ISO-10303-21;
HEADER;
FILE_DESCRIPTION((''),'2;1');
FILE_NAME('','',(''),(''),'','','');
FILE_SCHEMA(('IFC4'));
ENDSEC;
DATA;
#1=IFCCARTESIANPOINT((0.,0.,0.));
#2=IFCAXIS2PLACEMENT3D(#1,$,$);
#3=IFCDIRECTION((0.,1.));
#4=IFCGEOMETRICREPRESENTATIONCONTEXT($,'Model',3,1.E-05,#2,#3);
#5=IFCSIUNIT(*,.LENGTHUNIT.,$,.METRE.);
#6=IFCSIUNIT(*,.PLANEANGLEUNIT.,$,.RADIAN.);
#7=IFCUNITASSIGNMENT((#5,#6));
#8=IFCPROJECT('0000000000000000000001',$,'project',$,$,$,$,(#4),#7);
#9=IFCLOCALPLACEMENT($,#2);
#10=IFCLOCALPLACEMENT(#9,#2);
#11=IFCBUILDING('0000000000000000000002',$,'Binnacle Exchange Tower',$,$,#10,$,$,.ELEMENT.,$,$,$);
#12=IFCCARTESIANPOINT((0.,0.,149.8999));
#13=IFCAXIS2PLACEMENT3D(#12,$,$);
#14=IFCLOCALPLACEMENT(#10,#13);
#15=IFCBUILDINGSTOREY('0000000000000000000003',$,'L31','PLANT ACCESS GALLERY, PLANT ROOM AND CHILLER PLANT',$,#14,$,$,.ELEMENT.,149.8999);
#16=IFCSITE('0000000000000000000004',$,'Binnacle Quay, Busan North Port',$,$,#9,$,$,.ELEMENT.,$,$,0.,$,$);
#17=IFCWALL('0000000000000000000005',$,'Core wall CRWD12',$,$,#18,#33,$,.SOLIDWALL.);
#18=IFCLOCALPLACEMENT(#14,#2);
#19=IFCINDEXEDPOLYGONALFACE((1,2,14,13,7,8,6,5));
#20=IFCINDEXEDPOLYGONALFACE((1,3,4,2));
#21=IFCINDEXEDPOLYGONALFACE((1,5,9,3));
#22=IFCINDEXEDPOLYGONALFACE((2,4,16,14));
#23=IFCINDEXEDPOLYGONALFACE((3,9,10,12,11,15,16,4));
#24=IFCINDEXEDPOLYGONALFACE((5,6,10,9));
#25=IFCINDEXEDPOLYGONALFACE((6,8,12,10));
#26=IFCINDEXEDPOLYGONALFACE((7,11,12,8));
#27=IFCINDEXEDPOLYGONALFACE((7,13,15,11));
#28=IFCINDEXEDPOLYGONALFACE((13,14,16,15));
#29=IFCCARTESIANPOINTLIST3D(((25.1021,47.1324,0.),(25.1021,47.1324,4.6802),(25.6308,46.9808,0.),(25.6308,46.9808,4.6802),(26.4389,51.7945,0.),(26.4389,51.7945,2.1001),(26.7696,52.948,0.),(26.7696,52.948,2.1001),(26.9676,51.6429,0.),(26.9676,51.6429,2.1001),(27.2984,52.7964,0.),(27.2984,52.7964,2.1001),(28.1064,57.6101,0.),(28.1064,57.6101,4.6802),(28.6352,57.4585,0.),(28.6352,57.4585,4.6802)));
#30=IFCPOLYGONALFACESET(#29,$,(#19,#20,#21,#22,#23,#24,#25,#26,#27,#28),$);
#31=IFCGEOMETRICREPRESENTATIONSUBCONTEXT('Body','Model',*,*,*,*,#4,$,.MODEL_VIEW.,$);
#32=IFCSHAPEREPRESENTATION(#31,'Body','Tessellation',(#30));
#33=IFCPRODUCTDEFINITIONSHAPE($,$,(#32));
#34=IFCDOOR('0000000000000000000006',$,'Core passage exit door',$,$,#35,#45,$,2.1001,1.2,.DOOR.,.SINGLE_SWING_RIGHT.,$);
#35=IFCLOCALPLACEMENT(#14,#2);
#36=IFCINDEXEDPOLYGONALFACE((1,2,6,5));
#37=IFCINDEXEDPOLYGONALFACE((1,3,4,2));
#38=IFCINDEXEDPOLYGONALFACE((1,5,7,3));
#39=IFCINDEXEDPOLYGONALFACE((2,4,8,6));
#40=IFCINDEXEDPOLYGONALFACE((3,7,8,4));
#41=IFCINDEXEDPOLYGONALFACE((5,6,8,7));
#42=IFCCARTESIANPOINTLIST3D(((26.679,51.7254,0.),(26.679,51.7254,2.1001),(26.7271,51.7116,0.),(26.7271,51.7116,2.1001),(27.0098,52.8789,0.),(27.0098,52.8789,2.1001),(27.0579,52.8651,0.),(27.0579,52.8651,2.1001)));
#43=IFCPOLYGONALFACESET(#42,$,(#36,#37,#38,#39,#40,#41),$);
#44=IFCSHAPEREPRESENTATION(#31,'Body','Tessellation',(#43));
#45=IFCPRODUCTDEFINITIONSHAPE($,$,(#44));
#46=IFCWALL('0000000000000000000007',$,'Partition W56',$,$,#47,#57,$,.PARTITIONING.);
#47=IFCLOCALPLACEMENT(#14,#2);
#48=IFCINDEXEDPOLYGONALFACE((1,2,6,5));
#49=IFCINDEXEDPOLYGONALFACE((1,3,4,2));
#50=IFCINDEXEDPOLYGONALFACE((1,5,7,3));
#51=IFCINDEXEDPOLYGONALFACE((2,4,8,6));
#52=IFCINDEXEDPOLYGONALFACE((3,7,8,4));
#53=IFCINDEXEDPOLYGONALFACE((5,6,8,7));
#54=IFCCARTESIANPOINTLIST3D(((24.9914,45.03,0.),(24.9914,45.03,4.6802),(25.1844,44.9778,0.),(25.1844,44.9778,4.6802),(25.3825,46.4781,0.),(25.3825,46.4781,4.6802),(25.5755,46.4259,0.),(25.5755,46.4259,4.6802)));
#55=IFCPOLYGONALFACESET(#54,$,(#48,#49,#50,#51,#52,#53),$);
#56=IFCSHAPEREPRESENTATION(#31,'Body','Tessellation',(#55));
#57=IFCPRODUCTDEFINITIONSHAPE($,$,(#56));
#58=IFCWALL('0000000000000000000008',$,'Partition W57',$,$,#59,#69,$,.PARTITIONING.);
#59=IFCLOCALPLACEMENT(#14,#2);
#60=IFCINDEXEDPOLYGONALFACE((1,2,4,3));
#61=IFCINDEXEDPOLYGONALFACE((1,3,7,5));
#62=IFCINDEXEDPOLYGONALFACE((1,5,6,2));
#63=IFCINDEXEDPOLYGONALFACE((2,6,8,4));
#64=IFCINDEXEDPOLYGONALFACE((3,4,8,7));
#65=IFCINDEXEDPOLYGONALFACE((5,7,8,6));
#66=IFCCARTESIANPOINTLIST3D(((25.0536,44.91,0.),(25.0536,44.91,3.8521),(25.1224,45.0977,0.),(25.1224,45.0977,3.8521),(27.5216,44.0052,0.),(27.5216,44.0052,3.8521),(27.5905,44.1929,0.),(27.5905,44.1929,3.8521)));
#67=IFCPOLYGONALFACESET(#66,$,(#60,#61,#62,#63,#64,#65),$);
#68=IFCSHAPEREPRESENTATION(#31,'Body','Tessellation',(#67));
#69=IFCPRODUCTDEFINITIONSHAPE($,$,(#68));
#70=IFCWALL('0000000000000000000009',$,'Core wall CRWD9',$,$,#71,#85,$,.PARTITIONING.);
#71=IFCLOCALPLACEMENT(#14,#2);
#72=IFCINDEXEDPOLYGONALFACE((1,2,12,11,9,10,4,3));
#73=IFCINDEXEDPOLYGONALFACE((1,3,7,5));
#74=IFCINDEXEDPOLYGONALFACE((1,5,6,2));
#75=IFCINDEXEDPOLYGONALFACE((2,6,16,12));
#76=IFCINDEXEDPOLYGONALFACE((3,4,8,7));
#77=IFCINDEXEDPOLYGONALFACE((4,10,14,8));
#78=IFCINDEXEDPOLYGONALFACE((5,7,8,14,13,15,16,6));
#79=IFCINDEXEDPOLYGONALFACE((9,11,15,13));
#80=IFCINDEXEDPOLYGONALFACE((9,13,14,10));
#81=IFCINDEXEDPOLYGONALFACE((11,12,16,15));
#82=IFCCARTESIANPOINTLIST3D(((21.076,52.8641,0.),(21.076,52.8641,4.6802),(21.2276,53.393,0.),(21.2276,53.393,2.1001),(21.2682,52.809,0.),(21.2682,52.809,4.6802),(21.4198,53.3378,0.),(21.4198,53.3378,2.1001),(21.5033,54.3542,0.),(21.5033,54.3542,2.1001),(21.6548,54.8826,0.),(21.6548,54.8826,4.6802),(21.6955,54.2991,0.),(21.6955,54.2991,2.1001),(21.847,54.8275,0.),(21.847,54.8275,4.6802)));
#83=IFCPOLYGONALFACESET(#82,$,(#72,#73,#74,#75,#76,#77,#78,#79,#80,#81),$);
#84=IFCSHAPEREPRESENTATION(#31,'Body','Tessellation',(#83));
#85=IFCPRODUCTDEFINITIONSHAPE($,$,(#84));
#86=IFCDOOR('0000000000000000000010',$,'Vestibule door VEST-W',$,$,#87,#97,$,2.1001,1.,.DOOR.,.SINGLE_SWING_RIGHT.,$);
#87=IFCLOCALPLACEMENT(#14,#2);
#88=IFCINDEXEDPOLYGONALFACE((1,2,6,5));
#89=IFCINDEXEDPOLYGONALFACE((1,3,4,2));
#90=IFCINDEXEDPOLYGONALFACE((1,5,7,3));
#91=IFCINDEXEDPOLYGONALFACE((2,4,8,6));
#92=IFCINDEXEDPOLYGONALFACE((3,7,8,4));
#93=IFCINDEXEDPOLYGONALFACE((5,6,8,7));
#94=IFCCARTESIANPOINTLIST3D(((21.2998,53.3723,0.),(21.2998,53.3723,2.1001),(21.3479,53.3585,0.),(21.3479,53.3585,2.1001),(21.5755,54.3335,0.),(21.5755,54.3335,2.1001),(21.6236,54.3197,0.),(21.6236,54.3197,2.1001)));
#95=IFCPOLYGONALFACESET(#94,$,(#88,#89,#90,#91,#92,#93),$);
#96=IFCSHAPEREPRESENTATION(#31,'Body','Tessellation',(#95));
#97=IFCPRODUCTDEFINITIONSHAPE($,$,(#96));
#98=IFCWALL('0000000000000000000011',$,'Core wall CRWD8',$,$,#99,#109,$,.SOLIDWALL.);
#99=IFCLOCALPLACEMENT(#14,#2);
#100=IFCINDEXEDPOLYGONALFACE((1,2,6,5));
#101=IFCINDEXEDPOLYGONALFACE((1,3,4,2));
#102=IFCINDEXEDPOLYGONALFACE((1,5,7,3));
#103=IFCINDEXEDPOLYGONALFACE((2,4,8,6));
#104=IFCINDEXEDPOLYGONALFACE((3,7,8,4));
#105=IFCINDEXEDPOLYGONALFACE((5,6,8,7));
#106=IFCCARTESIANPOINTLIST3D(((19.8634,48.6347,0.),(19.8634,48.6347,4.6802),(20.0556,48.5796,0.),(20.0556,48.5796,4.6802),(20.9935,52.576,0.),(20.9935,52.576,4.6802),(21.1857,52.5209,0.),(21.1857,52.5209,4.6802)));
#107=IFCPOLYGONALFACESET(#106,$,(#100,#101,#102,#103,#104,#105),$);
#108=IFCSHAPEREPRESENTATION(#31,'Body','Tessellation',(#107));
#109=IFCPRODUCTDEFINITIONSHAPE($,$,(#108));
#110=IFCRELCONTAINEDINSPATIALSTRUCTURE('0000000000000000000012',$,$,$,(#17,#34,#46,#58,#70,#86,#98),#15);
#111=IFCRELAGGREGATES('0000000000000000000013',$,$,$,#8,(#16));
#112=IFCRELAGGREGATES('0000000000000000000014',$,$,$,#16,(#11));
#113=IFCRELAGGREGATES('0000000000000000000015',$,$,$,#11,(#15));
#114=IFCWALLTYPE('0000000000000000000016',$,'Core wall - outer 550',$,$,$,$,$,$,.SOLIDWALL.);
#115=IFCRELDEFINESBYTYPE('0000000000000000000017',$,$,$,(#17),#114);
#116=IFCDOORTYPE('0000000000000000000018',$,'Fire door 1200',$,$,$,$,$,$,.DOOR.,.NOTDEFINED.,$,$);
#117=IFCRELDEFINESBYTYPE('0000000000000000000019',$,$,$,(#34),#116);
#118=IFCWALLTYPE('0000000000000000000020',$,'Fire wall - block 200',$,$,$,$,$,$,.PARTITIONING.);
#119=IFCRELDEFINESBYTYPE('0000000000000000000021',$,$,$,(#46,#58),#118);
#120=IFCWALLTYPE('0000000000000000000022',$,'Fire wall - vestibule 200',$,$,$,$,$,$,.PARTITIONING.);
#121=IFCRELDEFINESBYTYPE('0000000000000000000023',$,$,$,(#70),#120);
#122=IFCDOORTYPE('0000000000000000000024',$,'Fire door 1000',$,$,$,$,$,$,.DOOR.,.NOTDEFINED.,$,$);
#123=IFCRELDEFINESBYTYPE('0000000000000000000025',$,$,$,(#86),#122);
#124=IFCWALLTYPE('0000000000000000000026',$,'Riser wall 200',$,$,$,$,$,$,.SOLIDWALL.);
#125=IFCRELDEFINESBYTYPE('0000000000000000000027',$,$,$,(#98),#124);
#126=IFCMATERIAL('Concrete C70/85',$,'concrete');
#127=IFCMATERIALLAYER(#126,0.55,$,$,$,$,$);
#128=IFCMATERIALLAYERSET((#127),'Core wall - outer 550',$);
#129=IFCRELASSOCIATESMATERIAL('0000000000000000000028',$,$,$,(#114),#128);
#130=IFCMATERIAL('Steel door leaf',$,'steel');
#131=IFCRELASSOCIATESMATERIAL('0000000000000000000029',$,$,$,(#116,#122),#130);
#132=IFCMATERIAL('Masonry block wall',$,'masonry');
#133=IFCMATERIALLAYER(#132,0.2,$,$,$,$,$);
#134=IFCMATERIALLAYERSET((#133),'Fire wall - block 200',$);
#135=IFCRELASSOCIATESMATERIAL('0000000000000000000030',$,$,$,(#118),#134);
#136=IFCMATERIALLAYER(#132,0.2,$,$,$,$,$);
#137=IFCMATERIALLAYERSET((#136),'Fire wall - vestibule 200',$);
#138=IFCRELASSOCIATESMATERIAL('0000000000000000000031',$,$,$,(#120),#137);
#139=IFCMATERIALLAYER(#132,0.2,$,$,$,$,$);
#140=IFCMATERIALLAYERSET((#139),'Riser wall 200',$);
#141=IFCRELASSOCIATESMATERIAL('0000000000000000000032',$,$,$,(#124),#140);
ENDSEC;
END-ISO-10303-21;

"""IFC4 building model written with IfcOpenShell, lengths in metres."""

from ifc_helpers import new_model, si_unit, direction, frame, frame_2d, origin, place, context, subcontext, project, spatial, rectangle, extrude, material, layer, layer_set, type_object, element, fill, save


model = new_model("IFC4")

# Units and contexts
model_context = context("Model", 3, precision=1e-05, world=origin(), true_north=direction((0.0, 1.0)))
body_context = subcontext(model_context, "Body", "Model", "MODEL_VIEW")
ifc_project = project(units=[si_unit("LENGTHUNIT", "METRE"), si_unit("PLANEANGLEUNIT", "RADIAN")], contexts=[model_context])

# Site, building, storey
site_placement = place(None, origin())
site = spatial("IfcSite", under=ifc_project, at=site_placement, Name="Binnacle Quay, Busan North Port", CompositionType="ELEMENT", RefElevation=0.0)
building_placement = place(site_placement, origin())
building = spatial("IfcBuilding", under=site, at=building_placement, Name="Binnacle Exchange Tower", CompositionType="ELEMENT")
storey_placement = place(building_placement, frame((0.0, 0.0, 149.8999)))
storey = spatial("IfcBuildingStorey", under=building, at=storey_placement, Name="L31", Description="PLANT ACCESS GALLERY, PLANT ROOM AND CHILLER PLANT", CompositionType="ELEMENT", Elevation=149.8999)

# Shared definitions
ifc_material_1 = material(Name="Concrete C70/85", Category="concrete")

# Shared definitions
ifc_material_2 = material(Name="Steel door leaf", Category="steel")

# Wall, opening, door
ifc_layer_1 = layer(ifc_material_1, 0.55)
ifc_layer_set_1 = layer_set([ifc_layer_1], Name="Core wall - outer 550")
wall_type_1 = type_object("IfcWallType", Name="Core wall - outer 550", PredefinedType="SOLIDWALL", material=ifc_layer_set_1)
wall_1_placement = place(storey_placement, frame((25.3665, 47.0566, 0.0), z_axis=(0.0, 0.0, 1.0), x_axis=(0.275632, 0.961263, 0.0)))
wall_1 = element("IfcWall", 1, at=wall_1_placement, inside=storey, type_object=wall_type_1, Name="Core wall CRWD12", PredefinedType="SOLIDWALL", context=body_context, shape_type="SweptSolid", body=[
    extrude(rectangle(XDim=10.8999, YDim=0.55, at=frame_2d((5.45, 0.0))), origin(), (0.0, 0.0, 1.0), 4.6802),
])
opening_1_placement = place(wall_1_placement, frame((4.8499, 0.0, 0.0)))
opening_1 = element("IfcOpeningElement", 2, at=opening_1_placement, cuts=wall_1, PredefinedType="OPENING", context=body_context, shape_type="SweptSolid", body=[
    extrude(rectangle(XDim=1.2, YDim=2.1001, at=frame_2d((0.6001, 1.05))), frame((0.0, 0.2849, 0.0), z_axis=(0.0, -1.0, 0.0), x_axis=(1.0, 0.0, 0.0)), (0.0, 0.0, 1.0), 0.5701),
])
door_type_1 = type_object("IfcDoorType", Name="Fire door 1200", OperationType="NOTDEFINED", PredefinedType="DOOR", material=ifc_material_2)
door_1_placement = place(opening_1_placement, frame((1.2, 0.0, 0.0), z_axis=(0.0, 0.0, 1.0), x_axis=(-1.0, 0.0, 0.0)))
door_1 = element("IfcDoor", 3, at=door_1_placement, inside=storey, type_object=door_type_1, Name="Core passage exit door", OperationType="SINGLE_SWING_RIGHT", OverallHeight=2.1001, OverallWidth=1.2, PredefinedType="DOOR", context=body_context, shape_type="SweptSolid", body=[
    extrude(rectangle(XDim=1.2, YDim=2.1001, at=frame_2d((0.6001, 1.05))), frame((0.0, 0.0249, 0.0), z_axis=(0.0, -1.0, 0.0), x_axis=(1.0, 0.0, 0.0)), (0.0, 0.0, 1.0), 0.05),
])
fill(opening_1, door_1)

# Walls
ifc_material_3 = material(Name="Masonry block wall", Category="masonry")
ifc_layer_2 = layer(ifc_material_3, 0.2)
ifc_layer_set_2 = layer_set([ifc_layer_2], Name="Fire wall - block 200")
wall_type_2 = type_object("IfcWallType", Name="Fire wall - block 200", PredefinedType="PARTITIONING", material=ifc_layer_set_2)
wall_2_placement = place(storey_placement, frame((25.0879, 45.0039, 0.0), z_axis=(0.0, 0.0, 1.0), x_axis=(0.260761, 0.965403, 0.0)))
element("IfcWall", 4, at=wall_2_placement, inside=storey, type_object=wall_type_2, Name="Partition W56", PredefinedType="PARTITIONING", context=body_context, shape_type="SweptSolid", body=[
    extrude(rectangle(XDim=1.5, YDim=0.2, at=frame_2d((0.75, 0.0))), origin(), (0.0, 0.0, 1.0), 4.6802),
])
wall_3_placement = place(storey_placement, frame((25.0879, 45.0039, 0.0), z_axis=(0.0, 0.0, 1.0), x_axis=(0.938895, -0.344203, 0.0)))
element("IfcWall", 5, at=wall_3_placement, inside=storey, type_object=wall_type_2, Name="Partition W57", PredefinedType="PARTITIONING", context=body_context, shape_type="SweptSolid", body=[
    extrude(rectangle(XDim=2.6287, YDim=0.2, at=frame_2d((1.3145, 0.0))), origin(), (0.0, 0.0, 1.0), 3.8521),
])

# Wall, opening, door
ifc_layer_3 = layer(ifc_material_3, 0.2)
ifc_layer_set_3 = layer_set([ifc_layer_3], Name="Fire wall - vestibule 200")
wall_type_3 = type_object("IfcWallType", Name="Fire wall - vestibule 200", PredefinedType="PARTITIONING", material=ifc_layer_set_3)
wall_4_placement = place(storey_placement, frame((21.1721, 52.8367, 0.0), z_axis=(0.0, 0.0, 1.0), x_axis=(0.275658, 0.961256, 0.0)))
wall_4 = element("IfcWall", 6, at=wall_4_placement, inside=storey, type_object=wall_type_3, Name="Core wall CRWD9", PredefinedType="PARTITIONING", context=body_context, shape_type="SweptSolid", body=[
    extrude(rectangle(XDim=2.0999, YDim=0.2, at=frame_2d((1.0498, 0.0))), origin(), (0.0, 0.0, 1.0), 4.6802),
])
opening_2_placement = place(wall_4_placement, frame((0.55, 0.0, 0.0)))
opening_2 = element("IfcOpeningElement", 7, at=opening_2_placement, cuts=wall_4, PredefinedType="OPENING", context=body_context, shape_type="SweptSolid", body=[
    extrude(rectangle(XDim=1.0, YDim=2.1001, at=frame_2d((0.5, 1.05))), frame((0.0, 0.1099, 0.0), z_axis=(0.0, -1.0, 0.0), x_axis=(1.0, 0.0, 0.0)), (0.0, 0.0, 1.0), 0.22),
])
door_type_2 = type_object("IfcDoorType", Name="Fire door 1000", OperationType="NOTDEFINED", PredefinedType="DOOR", material=ifc_material_2)
door_2_placement = place(opening_2_placement, origin())
door_2 = element("IfcDoor", 8, at=door_2_placement, inside=storey, type_object=door_type_2, Name="Vestibule door VEST-W", OperationType="SINGLE_SWING_RIGHT", OverallHeight=2.1001, OverallWidth=1.0, PredefinedType="DOOR", context=body_context, shape_type="SweptSolid", body=[
    extrude(rectangle(XDim=1.0, YDim=2.1001, at=frame_2d((0.5, 1.05))), frame((0.0, 0.0249, 0.0), z_axis=(0.0, -1.0, 0.0), x_axis=(1.0, 0.0, 0.0)), (0.0, 0.0, 1.0), 0.05),
])
fill(opening_2, door_2)

# Wall
ifc_layer_4 = layer(ifc_material_3, 0.2)
ifc_layer_set_4 = layer_set([ifc_layer_4], Name="Riser wall 200")
wall_type_4 = type_object("IfcWallType", Name="Riser wall 200", PredefinedType="SOLIDWALL", material=ifc_layer_set_4)
wall_5_placement = place(storey_placement, frame((19.9595, 48.6072, 0.0), z_axis=(0.0, 0.0, 1.0), x_axis=(0.275641, 0.961261, 0.0)))
element("IfcWall", 9, at=wall_5_placement, inside=storey, type_object=wall_type_4, Name="Core wall CRWD8", PredefinedType="SOLIDWALL", context=body_context, shape_type="SweptSolid", body=[
    extrude(rectangle(XDim=4.1001, YDim=0.2, at=frame_2d((2.05, 0.0))), origin(), (0.0, 0.0, 1.0), 4.6802),
])

save(model, "model.ifc")
